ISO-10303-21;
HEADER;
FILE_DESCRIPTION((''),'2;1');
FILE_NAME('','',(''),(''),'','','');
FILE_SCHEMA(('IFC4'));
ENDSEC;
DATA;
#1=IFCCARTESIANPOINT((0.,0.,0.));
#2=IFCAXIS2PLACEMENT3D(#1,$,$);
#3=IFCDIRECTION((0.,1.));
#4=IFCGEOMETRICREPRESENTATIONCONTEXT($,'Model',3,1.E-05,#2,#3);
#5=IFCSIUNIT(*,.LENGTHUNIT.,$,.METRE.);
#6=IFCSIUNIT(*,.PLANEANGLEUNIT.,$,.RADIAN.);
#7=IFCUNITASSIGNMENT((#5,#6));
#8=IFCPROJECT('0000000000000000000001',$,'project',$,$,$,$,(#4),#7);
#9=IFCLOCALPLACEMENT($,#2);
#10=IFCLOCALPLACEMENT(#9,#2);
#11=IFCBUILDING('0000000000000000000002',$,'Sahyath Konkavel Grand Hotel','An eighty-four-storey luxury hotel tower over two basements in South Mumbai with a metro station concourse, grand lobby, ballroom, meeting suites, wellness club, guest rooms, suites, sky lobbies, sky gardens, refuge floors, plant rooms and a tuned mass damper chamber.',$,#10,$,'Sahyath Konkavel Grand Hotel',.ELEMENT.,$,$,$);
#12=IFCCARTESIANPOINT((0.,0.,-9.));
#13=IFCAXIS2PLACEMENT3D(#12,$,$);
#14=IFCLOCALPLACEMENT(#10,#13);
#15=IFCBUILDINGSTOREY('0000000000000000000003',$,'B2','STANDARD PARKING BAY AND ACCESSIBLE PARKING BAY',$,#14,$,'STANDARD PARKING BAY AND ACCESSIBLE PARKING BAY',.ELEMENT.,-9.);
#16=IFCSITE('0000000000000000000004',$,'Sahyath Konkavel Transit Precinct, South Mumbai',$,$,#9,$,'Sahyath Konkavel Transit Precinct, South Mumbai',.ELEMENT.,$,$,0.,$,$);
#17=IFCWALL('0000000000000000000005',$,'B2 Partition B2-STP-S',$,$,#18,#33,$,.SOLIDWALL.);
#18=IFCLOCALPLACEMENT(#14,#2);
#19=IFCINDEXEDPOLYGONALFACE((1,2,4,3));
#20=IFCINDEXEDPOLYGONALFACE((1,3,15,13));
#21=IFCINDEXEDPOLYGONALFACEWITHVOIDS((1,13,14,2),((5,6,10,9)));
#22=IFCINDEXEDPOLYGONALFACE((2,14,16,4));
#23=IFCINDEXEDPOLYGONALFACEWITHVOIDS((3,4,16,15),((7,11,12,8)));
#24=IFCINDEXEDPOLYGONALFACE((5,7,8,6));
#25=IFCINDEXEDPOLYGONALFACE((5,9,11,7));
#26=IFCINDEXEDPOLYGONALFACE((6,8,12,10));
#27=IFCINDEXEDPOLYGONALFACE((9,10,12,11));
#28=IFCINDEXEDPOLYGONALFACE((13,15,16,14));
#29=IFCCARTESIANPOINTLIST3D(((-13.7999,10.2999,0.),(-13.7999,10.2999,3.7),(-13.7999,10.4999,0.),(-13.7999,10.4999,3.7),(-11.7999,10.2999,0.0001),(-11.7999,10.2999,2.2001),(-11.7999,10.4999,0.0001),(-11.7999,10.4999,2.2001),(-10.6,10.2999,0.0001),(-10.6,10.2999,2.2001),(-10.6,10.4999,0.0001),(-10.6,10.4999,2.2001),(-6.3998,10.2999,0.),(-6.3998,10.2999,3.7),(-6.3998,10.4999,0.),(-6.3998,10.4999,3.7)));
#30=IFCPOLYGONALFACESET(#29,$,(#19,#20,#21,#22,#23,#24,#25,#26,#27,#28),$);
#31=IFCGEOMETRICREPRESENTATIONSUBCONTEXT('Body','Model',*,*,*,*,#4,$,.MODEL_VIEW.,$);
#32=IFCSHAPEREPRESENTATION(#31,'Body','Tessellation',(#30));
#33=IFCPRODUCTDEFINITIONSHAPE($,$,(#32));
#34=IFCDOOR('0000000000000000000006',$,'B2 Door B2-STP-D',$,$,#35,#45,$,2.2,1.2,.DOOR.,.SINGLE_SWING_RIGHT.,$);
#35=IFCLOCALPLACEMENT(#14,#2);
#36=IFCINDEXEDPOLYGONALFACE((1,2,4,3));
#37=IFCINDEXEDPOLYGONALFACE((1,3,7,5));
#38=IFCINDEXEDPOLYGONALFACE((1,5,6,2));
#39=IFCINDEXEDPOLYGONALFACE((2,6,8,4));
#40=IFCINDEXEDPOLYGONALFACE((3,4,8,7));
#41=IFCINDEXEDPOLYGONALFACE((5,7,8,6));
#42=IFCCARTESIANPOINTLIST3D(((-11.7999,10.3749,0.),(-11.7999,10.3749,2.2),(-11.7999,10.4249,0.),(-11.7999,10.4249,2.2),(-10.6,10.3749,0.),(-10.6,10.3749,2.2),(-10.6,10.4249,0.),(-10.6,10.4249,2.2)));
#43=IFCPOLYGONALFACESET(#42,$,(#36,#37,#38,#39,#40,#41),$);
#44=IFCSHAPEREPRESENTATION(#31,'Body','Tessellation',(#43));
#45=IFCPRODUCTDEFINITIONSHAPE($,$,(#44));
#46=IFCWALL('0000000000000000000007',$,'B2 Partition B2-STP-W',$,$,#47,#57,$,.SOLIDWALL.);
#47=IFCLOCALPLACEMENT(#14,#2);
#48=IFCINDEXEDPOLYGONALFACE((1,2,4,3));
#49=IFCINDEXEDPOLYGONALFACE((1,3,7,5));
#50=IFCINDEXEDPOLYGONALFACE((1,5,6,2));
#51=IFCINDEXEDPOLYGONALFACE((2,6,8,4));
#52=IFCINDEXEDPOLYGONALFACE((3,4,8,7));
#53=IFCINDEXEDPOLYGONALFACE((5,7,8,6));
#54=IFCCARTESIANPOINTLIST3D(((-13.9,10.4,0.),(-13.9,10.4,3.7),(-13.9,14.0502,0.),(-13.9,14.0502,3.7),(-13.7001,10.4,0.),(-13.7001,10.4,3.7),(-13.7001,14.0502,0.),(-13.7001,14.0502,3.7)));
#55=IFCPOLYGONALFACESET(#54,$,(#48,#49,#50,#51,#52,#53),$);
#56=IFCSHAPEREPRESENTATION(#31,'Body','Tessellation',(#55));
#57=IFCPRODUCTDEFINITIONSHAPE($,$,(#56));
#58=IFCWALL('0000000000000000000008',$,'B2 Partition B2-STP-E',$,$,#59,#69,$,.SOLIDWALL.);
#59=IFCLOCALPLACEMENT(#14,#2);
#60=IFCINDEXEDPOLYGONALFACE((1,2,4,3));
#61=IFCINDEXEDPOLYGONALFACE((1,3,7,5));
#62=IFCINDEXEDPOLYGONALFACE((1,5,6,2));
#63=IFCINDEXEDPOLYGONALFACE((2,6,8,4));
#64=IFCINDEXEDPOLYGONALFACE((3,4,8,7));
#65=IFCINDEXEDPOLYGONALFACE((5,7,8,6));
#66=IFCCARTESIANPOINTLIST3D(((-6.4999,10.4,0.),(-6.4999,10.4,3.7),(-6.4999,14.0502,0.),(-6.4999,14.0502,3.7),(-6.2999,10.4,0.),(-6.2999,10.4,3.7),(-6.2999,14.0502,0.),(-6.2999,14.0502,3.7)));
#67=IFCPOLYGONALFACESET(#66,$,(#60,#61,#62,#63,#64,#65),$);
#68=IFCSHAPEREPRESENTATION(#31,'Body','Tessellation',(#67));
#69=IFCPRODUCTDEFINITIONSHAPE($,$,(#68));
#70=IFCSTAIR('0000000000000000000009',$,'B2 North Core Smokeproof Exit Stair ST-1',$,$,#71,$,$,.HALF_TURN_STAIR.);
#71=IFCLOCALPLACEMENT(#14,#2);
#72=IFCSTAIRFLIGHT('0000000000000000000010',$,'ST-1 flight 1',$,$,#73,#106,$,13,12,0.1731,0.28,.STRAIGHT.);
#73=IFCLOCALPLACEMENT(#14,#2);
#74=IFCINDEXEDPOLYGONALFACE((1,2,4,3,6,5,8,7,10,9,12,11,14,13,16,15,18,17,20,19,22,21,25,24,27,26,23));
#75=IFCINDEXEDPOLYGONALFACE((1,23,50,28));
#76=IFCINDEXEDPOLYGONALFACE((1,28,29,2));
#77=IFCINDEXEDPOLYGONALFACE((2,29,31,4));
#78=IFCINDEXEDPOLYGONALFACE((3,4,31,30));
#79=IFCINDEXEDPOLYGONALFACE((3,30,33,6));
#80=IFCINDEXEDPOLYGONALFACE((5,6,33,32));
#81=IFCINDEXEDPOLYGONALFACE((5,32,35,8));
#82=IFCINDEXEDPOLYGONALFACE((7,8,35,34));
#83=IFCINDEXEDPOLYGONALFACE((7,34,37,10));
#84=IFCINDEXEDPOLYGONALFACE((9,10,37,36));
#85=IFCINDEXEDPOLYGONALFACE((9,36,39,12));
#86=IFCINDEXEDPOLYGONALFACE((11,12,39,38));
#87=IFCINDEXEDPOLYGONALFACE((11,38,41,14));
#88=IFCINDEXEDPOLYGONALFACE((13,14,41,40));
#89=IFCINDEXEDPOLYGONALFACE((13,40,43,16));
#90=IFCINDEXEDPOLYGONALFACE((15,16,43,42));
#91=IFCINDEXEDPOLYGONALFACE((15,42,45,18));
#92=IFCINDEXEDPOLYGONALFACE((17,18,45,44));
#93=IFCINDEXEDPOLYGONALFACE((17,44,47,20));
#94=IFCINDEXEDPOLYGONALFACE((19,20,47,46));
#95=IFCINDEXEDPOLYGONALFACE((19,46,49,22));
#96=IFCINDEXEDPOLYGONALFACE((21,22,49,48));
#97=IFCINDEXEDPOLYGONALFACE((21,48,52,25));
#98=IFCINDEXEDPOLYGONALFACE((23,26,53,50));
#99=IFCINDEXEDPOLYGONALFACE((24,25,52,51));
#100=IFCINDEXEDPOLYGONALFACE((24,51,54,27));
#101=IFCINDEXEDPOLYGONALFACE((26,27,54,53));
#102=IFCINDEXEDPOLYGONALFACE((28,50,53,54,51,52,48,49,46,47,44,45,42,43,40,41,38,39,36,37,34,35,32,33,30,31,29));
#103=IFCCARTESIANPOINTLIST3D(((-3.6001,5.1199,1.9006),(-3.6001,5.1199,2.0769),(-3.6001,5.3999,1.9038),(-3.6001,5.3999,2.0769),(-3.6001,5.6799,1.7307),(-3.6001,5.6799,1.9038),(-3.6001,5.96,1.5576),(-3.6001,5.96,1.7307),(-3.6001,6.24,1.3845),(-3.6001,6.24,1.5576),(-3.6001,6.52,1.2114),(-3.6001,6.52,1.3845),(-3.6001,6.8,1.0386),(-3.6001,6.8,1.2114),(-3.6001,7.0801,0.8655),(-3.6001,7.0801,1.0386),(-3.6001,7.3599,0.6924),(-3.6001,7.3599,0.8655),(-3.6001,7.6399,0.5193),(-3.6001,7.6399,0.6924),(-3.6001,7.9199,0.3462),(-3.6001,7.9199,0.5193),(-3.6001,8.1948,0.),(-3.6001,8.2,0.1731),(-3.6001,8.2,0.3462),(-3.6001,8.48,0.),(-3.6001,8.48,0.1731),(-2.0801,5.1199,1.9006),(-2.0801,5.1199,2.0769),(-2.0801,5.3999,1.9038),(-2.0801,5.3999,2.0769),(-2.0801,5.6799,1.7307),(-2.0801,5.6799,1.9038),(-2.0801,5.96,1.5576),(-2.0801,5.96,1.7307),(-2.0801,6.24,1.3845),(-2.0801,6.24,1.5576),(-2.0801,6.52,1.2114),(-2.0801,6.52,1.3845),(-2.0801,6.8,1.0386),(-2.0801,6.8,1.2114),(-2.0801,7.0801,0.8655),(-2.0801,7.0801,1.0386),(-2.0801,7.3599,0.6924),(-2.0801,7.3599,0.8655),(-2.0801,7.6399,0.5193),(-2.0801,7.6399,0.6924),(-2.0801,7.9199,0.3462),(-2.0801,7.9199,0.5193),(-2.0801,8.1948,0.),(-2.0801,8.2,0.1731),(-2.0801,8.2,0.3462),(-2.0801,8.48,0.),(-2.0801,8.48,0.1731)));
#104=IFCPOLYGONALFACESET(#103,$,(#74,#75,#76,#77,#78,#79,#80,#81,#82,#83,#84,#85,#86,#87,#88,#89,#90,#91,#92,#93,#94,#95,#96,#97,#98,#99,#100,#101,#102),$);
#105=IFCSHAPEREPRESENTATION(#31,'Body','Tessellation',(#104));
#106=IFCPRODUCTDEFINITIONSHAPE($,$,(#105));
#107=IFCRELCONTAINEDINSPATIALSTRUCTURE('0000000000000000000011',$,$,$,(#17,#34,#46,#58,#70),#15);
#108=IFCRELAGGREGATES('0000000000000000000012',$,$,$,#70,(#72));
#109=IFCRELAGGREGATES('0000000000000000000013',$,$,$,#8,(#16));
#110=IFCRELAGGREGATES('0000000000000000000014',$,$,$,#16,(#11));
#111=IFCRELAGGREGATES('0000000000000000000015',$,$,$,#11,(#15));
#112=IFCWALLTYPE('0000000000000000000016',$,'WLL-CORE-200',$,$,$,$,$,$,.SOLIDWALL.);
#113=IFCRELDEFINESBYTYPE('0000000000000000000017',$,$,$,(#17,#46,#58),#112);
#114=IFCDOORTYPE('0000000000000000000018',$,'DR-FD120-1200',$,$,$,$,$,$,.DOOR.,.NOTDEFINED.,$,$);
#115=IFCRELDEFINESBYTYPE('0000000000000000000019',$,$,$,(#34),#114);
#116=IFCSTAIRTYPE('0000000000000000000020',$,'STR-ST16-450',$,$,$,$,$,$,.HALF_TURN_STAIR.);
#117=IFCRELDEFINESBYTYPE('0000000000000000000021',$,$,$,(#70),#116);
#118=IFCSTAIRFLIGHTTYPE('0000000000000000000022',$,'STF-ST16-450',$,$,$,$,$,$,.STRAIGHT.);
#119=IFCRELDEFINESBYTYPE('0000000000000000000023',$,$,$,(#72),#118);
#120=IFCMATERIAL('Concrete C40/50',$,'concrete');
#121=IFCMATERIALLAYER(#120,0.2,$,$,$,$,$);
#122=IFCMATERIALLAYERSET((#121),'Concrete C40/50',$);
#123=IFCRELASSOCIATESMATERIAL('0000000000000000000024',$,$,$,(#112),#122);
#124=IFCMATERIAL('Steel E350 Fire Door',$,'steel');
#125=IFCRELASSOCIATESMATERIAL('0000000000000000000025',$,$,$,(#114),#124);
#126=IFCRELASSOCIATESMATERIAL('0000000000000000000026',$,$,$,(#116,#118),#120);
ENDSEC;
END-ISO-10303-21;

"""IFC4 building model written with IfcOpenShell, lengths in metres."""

from ifc_helpers import new_model, si_unit, direction, frame, frame_2d, origin, origin_2d, place, context, subcontext, project, spatial, polyline, rectangle, outline, extrude, source, transform, mapped, material, layer, layer_set, type_object, element, fill, aggregate, save


model = new_model("IFC4")

# Units and contexts
model_context = context("Model", 3, precision=1e-05, world=origin(), true_north=direction((0.0, 1.0)))
body_context = subcontext(model_context, "Body", "Model", "MODEL_VIEW")
ifc_project = project(units=[si_unit("LENGTHUNIT", "METRE"), si_unit("PLANEANGLEUNIT", "RADIAN")], contexts=[model_context])

# Site, building, storey
site_placement = place(None, origin())
site = spatial("IfcSite", under=ifc_project, at=site_placement, Name="Sahyath Konkavel Transit Precinct, South Mumbai", LongName="Sahyath Konkavel Transit Precinct, South Mumbai", CompositionType="ELEMENT", RefElevation=0.0)
building_placement = place(site_placement, origin())
building = spatial("IfcBuilding", under=site, at=building_placement, Name="Sahyath Konkavel Grand Hotel", Description="An eighty-four-storey luxury hotel tower over two basements in South Mumbai with a metro station concourse, grand lobby, ballroom, meeting suites, wellness club, guest rooms, suites, sky lobbies, sky gardens, refuge floors, plant rooms and a tuned mass damper chamber.", LongName="Sahyath Konkavel Grand Hotel", CompositionType="ELEMENT")
storey_placement = place(building_placement, frame((0.0, 0.0, -9.0)))
storey = spatial("IfcBuildingStorey", under=building, at=storey_placement, Name="B2", Description="STANDARD PARKING BAY AND ACCESSIBLE PARKING BAY", LongName="STANDARD PARKING BAY AND ACCESSIBLE PARKING BAY", CompositionType="ELEMENT", Elevation=-9.0)

# Shared definitions
ifc_material_1 = material(Name="Concrete C40/50", Category="concrete")
ifc_layer_1 = layer(ifc_material_1, 0.2)
ifc_layer_set_1 = layer_set([ifc_layer_1], Name="Concrete C40/50")
wall_type_1 = type_object("IfcWallType", Name="WLL-CORE-200", PredefinedType="SOLIDWALL", material=ifc_layer_set_1)

# Wall, opening, door
wall_1_placement = place(storey_placement, frame((-13.8, 10.3999, 0.0), z_axis=(0.0, 0.0, 1.0), x_axis=(1.0, 0.0, 0.0)))
wall_1 = element("IfcWall", 1, at=wall_1_placement, inside=storey, type_object=wall_type_1, Name="B2 Partition B2-STP-S", PredefinedType="SOLIDWALL", context=body_context, shape_type="SweptSolid", body=[
    extrude(rectangle(XDim=7.4001, YDim=0.2, at=frame_2d((3.7002, 0.0))), origin(), (0.0, 0.0, 1.0), 3.7),
])
opening_placement = place(wall_1_placement, frame((2.0, 0.0, 0.0)))
opening = element("IfcOpeningElement", 2, at=opening_placement, cuts=wall_1, PredefinedType="OPENING", context=body_context, shape_type="SweptSolid", body=[
    extrude(rectangle(XDim=1.2, YDim=2.2, at=frame_2d((0.6001, 1.1001))), frame((0.0, 0.1099, 0.0), z_axis=(0.0, -1.0, 0.0), x_axis=(1.0, 0.0, 0.0)), (0.0, 0.0, 1.0), 0.22),
])
ifc_material_2 = material(Name="Steel E350 Fire Door", Category="steel")
door_type = type_object("IfcDoorType", Name="DR-FD120-1200", OperationType="NOTDEFINED", PredefinedType="DOOR", material=ifc_material_2)
shared_shape_1 = source(origin(), body_context, "Body", "SweptSolid", [
    extrude(rectangle(XDim=1.2, YDim=0.05, at=origin_2d()), origin(), (0.0, 0.0, 1.0), 2.2),
])
door_placement = place(opening_placement, frame((0.6001, 0.0, 0.0)))
door = element("IfcDoor", 3, at=door_placement, inside=storey, type_object=door_type, Name="B2 Door B2-STP-D", OperationType="SINGLE_SWING_RIGHT", OverallHeight=2.2, OverallWidth=1.2, PredefinedType="DOOR", context=body_context, shape_type="MappedRepresentation", body=[
    mapped(shared_shape_1, transform((0.0, 0.0, 0.0), scale=1.0)),
])
fill(opening, door)

# Walls
for number, where, z_axis, x_axis, name in (
    (4, (-13.8, 10.3999, 0.0), (0.0, 0.0, 1.0), (0.0, 1.0, 0.0), "B2 Partition B2-STP-W"),
    (5, (-6.3999, 10.3999, 0.0), (0.0, 0.0, 1.0), (0.0, 1.0, 0.0), "B2 Partition B2-STP-E"),
):
    element("IfcWall", number, at=place(storey_placement, frame(where, z_axis=z_axis, x_axis=x_axis)), inside=storey, type_object=wall_type_1, Name=name, PredefinedType="SOLIDWALL", context=body_context, shape_type="SweptSolid", body=[
        extrude(rectangle(XDim=3.6501, YDim=0.2, at=frame_2d((1.8252, 0.0))), origin(), (0.0, 0.0, 1.0), 3.7),
    ])

# Stair, stair flight
stair_type = type_object("IfcStairType", Name="STR-ST16-450", PredefinedType="HALF_TURN_STAIR", material=ifc_material_1)
stair_placement = place(storey_placement, origin())
stair = element("IfcStair", 6, at=stair_placement, inside=storey, type_object=stair_type, Name="B2 North Core Smokeproof Exit Stair ST-1", PredefinedType="HALF_TURN_STAIR")
stair_flight_type = type_object("IfcStairFlightType", Name="STF-ST16-450", PredefinedType="STRAIGHT", material=ifc_material_1)
stair_flight_placement = place(storey_placement, frame((-2.8401, 8.48, 0.0), z_axis=(0.0, 0.0, 1.0), x_axis=(0.0, -1.0, 0.0)))
stair_flight = element("IfcStairFlight", 7, at=stair_flight_placement, type_object=stair_flight_type, Name="ST-1 flight 1", NumberOfRisers=13, NumberOfTreads=12, PredefinedType="STRAIGHT", RiserHeight=0.1731, TreadLength=0.28, context=body_context, shape_type="SweptSolid", body=[
    extrude(outline(polyline([(0.0, 0.0), (0.0, 0.1731), (0.28, 0.1731), (0.28, 0.3462), (0.5601, 0.3462), (0.5601, 0.5193), (0.8401, 0.5193), (0.8401, 0.6924), (1.1201, 0.6924), (1.1201, 0.8655), (1.3999, 0.8655), (1.3999, 1.0386), (1.6799, 1.0386), (1.6799, 1.2114), (1.96, 1.2114), (1.96, 1.3845), (2.24, 1.3845), (2.24, 1.5576), (2.52, 1.5576), (2.52, 1.7307), (2.8, 1.7307), (2.8, 1.9038), (3.0801, 1.9038), (3.0801, 2.0769), (3.3601, 2.0769), (3.3601, 2.25), (3.3601, 1.9006), (0.2852, 0.0), (0.0, 0.0)])), frame((0.0, 0.76, 0.0), z_axis=(0.0, -1.0, 0.0), x_axis=(1.0, 0.0, 0.0)), (0.0, 0.0, 1.0), 1.52),
])
aggregate(stair, [stair_flight])

save(model, "model.ifc")
